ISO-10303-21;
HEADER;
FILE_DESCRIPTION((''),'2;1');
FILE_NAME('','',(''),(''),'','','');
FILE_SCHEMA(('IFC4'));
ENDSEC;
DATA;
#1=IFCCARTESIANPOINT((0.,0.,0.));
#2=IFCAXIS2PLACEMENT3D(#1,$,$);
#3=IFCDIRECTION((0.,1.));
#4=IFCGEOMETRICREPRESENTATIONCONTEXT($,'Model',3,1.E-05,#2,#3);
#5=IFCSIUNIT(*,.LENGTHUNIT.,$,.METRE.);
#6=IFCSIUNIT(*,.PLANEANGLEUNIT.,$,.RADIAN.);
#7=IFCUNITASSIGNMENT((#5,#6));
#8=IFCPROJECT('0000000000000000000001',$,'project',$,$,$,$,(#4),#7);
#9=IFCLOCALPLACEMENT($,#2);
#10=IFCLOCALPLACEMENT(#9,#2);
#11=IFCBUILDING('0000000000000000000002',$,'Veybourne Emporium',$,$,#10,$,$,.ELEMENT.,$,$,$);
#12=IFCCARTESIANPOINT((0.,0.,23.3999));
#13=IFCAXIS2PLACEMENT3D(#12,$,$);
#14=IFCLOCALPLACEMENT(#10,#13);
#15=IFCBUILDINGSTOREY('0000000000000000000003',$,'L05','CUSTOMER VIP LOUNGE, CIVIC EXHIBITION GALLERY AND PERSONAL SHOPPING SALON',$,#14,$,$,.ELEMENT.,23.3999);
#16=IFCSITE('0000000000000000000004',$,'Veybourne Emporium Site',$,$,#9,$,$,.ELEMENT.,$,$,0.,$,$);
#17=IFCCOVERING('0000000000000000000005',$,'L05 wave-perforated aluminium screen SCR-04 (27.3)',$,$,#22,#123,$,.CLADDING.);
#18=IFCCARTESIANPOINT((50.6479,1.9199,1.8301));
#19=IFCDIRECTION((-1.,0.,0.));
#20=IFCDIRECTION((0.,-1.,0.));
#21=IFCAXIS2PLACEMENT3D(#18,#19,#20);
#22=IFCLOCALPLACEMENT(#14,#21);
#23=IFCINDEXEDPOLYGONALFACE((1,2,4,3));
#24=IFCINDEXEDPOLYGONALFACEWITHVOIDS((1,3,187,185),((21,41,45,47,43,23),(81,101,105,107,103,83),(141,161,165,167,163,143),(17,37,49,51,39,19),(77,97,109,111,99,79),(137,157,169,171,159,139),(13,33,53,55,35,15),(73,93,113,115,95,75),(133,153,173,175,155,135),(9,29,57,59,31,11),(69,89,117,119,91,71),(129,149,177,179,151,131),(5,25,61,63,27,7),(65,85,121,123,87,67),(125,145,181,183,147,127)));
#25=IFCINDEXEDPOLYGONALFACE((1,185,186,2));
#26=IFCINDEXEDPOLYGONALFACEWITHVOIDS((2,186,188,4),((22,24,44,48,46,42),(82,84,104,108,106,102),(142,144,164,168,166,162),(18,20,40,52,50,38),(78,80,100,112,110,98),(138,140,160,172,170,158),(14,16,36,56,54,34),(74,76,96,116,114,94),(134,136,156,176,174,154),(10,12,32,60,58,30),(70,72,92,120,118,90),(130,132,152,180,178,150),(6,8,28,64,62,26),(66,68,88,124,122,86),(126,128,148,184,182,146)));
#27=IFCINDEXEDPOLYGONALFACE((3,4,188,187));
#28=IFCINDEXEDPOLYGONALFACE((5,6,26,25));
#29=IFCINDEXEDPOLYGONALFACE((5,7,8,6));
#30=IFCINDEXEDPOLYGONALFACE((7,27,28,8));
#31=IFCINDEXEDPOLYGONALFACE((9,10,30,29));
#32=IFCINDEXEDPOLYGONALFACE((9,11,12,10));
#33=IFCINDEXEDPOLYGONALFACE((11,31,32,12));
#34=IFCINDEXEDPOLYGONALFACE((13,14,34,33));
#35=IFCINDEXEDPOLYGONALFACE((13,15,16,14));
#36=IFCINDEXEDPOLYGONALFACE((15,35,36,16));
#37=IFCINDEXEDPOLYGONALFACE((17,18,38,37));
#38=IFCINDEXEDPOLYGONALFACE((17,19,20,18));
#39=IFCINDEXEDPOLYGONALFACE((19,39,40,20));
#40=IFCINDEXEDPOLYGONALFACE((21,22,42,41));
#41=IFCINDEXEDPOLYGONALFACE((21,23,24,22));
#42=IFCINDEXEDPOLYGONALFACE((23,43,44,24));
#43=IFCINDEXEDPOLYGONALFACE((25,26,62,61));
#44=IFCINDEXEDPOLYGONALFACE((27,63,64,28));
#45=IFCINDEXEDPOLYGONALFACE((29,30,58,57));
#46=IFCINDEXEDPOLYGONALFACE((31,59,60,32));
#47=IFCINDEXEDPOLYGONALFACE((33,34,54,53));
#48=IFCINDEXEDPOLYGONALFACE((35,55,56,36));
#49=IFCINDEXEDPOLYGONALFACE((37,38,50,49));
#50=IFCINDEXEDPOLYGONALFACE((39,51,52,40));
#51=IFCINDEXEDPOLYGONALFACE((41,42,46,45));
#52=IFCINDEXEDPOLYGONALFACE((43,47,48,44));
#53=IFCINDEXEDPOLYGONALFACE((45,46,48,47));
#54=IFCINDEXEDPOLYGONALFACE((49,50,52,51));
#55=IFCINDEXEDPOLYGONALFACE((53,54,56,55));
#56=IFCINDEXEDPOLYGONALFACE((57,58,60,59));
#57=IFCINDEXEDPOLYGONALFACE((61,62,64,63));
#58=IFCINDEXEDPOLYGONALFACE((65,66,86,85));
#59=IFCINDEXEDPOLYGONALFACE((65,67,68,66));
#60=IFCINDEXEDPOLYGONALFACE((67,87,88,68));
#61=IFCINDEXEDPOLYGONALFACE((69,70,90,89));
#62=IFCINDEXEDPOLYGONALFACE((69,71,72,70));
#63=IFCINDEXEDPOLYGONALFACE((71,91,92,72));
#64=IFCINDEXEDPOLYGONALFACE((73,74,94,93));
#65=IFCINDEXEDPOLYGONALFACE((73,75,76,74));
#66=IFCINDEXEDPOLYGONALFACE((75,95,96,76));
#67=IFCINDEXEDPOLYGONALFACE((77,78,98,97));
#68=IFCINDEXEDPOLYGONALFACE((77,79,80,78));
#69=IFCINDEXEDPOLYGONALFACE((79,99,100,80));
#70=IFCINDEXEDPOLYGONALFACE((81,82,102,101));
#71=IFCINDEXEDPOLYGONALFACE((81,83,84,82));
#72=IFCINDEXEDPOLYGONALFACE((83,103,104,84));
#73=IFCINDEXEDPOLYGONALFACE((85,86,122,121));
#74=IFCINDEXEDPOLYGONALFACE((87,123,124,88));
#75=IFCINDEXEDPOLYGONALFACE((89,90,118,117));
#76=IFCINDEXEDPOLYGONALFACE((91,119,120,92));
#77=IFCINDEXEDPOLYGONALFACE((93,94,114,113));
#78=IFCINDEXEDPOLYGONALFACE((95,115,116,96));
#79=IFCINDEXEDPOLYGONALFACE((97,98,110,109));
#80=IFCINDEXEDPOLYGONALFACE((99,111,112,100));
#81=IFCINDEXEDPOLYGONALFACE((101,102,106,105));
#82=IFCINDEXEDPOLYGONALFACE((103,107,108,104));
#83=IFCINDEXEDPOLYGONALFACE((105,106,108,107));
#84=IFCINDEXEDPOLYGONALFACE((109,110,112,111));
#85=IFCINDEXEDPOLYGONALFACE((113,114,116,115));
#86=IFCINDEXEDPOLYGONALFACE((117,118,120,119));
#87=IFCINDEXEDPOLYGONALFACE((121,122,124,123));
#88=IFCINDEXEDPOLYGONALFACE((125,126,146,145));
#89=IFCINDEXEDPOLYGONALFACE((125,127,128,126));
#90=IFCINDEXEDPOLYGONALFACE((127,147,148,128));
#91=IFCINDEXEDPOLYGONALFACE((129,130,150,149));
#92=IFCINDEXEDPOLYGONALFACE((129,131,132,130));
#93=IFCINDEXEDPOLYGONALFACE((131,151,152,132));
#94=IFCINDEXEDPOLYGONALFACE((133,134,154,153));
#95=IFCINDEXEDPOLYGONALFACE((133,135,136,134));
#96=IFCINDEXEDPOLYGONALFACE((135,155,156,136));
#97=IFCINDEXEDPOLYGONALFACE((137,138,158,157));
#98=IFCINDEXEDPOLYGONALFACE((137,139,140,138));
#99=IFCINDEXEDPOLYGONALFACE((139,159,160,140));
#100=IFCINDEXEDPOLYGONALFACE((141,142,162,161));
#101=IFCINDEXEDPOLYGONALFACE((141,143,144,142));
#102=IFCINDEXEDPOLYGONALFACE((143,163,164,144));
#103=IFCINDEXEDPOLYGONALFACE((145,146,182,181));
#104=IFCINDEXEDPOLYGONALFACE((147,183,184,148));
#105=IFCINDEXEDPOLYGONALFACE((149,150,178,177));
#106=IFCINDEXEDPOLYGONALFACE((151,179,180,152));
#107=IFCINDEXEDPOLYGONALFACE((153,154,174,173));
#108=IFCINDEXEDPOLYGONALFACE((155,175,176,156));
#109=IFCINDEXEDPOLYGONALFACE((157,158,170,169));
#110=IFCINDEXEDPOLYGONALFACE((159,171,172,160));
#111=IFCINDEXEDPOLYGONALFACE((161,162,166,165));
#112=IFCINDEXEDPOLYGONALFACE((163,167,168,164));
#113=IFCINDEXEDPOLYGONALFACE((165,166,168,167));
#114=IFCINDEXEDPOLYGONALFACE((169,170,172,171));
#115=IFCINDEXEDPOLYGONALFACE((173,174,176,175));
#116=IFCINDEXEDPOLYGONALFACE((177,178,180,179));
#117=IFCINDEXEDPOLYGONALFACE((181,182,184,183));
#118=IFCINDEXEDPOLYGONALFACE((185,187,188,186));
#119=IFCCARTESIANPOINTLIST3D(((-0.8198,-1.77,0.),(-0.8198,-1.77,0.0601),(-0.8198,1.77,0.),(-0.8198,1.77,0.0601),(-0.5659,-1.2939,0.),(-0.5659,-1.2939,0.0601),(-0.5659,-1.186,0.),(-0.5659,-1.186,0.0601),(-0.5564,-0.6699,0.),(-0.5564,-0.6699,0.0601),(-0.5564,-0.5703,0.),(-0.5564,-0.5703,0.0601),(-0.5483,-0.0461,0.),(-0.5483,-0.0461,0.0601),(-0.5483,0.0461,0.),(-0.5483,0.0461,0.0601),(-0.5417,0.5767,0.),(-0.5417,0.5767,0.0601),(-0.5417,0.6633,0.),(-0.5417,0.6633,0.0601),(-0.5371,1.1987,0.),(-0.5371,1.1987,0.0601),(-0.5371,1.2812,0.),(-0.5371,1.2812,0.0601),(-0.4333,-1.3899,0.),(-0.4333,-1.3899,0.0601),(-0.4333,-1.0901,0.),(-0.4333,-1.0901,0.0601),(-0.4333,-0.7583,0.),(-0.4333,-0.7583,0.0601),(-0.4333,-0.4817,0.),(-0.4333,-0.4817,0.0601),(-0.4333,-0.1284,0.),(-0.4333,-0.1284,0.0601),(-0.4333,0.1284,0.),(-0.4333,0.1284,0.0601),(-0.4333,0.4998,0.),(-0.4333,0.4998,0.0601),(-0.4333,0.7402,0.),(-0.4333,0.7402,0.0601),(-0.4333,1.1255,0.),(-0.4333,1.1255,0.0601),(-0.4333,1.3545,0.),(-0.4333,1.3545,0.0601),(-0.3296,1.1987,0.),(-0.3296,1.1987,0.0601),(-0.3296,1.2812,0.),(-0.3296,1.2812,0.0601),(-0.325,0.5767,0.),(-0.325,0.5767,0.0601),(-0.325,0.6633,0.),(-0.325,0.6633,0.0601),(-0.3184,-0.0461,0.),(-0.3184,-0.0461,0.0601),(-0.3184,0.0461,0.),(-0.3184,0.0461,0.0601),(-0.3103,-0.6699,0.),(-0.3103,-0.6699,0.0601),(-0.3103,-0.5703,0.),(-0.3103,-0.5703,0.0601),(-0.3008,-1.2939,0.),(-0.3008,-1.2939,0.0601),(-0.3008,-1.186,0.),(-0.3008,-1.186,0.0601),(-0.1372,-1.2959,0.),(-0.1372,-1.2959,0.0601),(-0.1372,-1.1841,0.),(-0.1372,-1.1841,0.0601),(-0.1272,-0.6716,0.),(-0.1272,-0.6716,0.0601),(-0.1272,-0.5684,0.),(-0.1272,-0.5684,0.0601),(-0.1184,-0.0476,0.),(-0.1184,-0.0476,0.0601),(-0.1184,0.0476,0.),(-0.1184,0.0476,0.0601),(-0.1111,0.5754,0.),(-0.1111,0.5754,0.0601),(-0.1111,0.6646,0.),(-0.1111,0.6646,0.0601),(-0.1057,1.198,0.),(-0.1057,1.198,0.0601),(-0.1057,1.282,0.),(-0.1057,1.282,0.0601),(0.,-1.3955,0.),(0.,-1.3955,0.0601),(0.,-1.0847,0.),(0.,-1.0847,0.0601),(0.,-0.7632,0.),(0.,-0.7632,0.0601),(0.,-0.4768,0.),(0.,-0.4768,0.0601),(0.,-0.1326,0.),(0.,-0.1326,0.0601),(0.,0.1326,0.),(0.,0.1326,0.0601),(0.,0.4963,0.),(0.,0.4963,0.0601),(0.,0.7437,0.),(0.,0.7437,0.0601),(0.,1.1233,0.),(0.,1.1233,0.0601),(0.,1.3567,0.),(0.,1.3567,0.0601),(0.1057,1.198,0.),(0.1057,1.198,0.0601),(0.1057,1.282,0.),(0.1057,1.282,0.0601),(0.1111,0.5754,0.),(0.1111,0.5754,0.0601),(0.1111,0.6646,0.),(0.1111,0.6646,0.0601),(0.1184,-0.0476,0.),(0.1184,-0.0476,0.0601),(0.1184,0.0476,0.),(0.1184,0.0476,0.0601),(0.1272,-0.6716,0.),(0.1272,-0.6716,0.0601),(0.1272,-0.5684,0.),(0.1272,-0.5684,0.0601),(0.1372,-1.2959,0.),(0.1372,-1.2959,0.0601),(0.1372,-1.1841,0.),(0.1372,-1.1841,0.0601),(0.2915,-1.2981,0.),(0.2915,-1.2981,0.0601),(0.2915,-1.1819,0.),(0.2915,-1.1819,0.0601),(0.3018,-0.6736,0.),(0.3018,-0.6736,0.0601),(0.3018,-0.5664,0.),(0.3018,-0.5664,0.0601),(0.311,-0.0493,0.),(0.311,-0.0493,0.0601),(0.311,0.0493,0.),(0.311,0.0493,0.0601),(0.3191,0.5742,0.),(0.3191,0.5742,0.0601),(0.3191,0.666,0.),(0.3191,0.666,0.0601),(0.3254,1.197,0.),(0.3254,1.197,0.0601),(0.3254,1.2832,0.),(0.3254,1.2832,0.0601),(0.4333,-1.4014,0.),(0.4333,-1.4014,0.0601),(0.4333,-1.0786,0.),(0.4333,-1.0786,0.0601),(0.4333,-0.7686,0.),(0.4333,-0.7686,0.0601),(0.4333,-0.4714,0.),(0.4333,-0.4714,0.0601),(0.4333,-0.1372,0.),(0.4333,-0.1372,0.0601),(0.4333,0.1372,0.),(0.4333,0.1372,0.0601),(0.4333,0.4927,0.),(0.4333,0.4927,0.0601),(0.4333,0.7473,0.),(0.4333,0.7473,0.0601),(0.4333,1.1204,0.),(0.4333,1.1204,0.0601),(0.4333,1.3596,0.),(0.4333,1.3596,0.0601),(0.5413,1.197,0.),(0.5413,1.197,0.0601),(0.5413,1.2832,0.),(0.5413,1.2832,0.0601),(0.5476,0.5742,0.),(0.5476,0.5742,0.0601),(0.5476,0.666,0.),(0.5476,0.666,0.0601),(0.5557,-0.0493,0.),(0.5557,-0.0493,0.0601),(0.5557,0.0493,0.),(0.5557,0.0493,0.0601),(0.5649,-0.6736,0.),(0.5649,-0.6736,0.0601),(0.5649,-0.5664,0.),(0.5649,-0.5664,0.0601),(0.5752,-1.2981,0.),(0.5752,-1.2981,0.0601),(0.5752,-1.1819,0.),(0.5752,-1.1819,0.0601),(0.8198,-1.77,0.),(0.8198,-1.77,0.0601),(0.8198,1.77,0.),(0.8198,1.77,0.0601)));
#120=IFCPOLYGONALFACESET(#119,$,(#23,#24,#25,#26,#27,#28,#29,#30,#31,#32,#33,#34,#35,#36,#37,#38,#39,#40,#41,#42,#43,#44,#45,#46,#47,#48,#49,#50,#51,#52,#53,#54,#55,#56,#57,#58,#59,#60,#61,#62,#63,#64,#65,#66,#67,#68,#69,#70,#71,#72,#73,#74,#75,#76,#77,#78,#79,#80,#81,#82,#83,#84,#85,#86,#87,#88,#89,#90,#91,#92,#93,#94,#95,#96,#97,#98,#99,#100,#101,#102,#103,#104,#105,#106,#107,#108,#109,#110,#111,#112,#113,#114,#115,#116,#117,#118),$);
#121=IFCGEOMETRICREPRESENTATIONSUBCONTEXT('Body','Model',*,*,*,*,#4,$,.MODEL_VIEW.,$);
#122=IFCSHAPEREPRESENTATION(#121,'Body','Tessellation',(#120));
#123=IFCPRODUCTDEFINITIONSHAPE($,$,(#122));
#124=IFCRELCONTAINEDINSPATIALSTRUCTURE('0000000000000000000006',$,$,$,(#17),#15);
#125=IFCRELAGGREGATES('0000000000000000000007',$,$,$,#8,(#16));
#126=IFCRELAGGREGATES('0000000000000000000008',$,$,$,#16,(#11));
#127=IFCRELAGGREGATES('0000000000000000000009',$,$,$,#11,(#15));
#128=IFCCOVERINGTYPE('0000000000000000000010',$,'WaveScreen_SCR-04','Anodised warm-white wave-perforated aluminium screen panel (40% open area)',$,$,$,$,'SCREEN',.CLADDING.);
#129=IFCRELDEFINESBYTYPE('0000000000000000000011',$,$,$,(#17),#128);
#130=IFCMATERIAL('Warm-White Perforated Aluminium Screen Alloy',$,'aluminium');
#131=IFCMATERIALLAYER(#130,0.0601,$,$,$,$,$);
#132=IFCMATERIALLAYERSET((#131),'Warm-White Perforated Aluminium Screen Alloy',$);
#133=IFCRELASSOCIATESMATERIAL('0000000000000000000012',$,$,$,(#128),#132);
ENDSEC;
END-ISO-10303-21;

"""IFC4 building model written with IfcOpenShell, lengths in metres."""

from ifc_helpers import new_model, si_unit, direction, frame, origin, place, context, subcontext, project, spatial, polyline, outline, extrude, material, layer, layer_set, type_object, element, save


model = new_model("IFC4")

# Units and contexts
model_context = context("Model", 3, precision=1e-05, world=origin(), true_north=direction((0.0, 1.0)))
body_context = subcontext(model_context, "Body", "Model", "MODEL_VIEW")
ifc_project = project(units=[si_unit("LENGTHUNIT", "METRE"), si_unit("PLANEANGLEUNIT", "RADIAN")], contexts=[model_context])

# Site, building, storey
site_placement = place(None, origin())
site = spatial("IfcSite", under=ifc_project, at=site_placement, Name="Veybourne Emporium Site", CompositionType="ELEMENT", RefElevation=0.0)
building_placement = place(site_placement, origin())
building = spatial("IfcBuilding", under=site, at=building_placement, Name="Veybourne Emporium", CompositionType="ELEMENT")
storey_placement = place(building_placement, frame((0.0, 0.0, 23.3999)))
storey = spatial("IfcBuildingStorey", under=building, at=storey_placement, Name="L05", Description="CUSTOMER VIP LOUNGE, CIVIC EXHIBITION GALLERY AND PERSONAL SHOPPING SALON", CompositionType="ELEMENT", Elevation=23.3999)

# Covering
ifc_material_1 = material(Name="Warm-White Perforated Aluminium Screen Alloy", Category="aluminium")
ifc_layer_1 = layer(ifc_material_1, 0.0601)
ifc_layer_set_1 = layer_set([ifc_layer_1], Name="Warm-White Perforated Aluminium Screen Alloy")
covering_type_1 = type_object("IfcCoveringType", Name="WaveScreen_SCR-04", Description="Anodised warm-white wave-perforated aluminium screen panel (40% open area)", ElementType="SCREEN", PredefinedType="CLADDING", material=ifc_layer_set_1)
covering_1_placement = place(storey_placement, frame((50.6479, 1.9199, 1.8301), z_axis=(-1.0, 0.0, 0.0), x_axis=(0.0, -1.0, 0.0)))
element("IfcCovering", 1, at=covering_1_placement, inside=storey, type_object=covering_type_1, Name="L05 wave-perforated aluminium screen SCR-04 (27.3)", PredefinedType="CLADDING", context=body_context, shape_type="SweptSolid", body=[
    extrude(outline(polyline([(-0.8198, -1.77), (0.8198, -1.77), (0.8198, 1.77), (-0.8198, 1.77), (-0.8198, -1.77)]), holes=[polyline([(-0.4333, -1.0901), (-0.3008, -1.186), (-0.3008, -1.2939), (-0.4333, -1.3899), (-0.5659, -1.2939), (-0.5659, -1.186), (-0.4333, -1.0901)]), polyline([(-0.4333, -0.4817), (-0.3103, -0.5703), (-0.3103, -0.6699), (-0.4333, -0.7583), (-0.5564, -0.6699), (-0.5564, -0.5703), (-0.4333, -0.4817)]), polyline([(-0.4333, 0.1284), (-0.3184, 0.0461), (-0.3184, -0.0461), (-0.4333, -0.1284), (-0.5483, -0.0461), (-0.5483, 0.0461), (-0.4333, 0.1284)]), polyline([(-0.4333, 0.7402), (-0.325, 0.6633), (-0.325, 0.5767), (-0.4333, 0.4998), (-0.5417, 0.5767), (-0.5417, 0.6633), (-0.4333, 0.7402)]), polyline([(-0.4333, 1.3545), (-0.3296, 1.2812), (-0.3296, 1.1987), (-0.4333, 1.1255), (-0.5371, 1.1987), (-0.5371, 1.2812), (-0.4333, 1.3545)]), polyline([(0.0, -1.0847), (0.1372, -1.1841), (0.1372, -1.2959), (0.0, -1.3955), (-0.1372, -1.2959), (-0.1372, -1.1841), (0.0, -1.0847)]), polyline([(0.0, -0.4768), (0.1272, -0.5684), (0.1272, -0.6716), (0.0, -0.7632), (-0.1272, -0.6716), (-0.1272, -0.5684), (0.0, -0.4768)]), polyline([(0.0, 0.1326), (0.1184, 0.0476), (0.1184, -0.0476), (0.0, -0.1326), (-0.1184, -0.0476), (-0.1184, 0.0476), (0.0, 0.1326)]), polyline([(0.0, 0.7437), (0.1111, 0.6646), (0.1111, 0.5754), (0.0, 0.4963), (-0.1111, 0.5754), (-0.1111, 0.6646), (0.0, 0.7437)]), polyline([(0.0, 1.3567), (0.1057, 1.282), (0.1057, 1.198), (0.0, 1.1233), (-0.1057, 1.198), (-0.1057, 1.282), (0.0, 1.3567)]), polyline([(0.4333, -1.0786), (0.5752, -1.1819), (0.5752, -1.2981), (0.4333, -1.4014), (0.2915, -1.2981), (0.2915, -1.1819), (0.4333, -1.0786)]), polyline([(0.4333, -0.4714), (0.5649, -0.5664), (0.5649, -0.6736), (0.4333, -0.7686), (0.3018, -0.6736), (0.3018, -0.5664), (0.4333, -0.4714)]), polyline([(0.4333, 0.1372), (0.5557, 0.0493), (0.5557, -0.0493), (0.4333, -0.1372), (0.311, -0.0493), (0.311, 0.0493), (0.4333, 0.1372)]), polyline([(0.4333, 0.7473), (0.5476, 0.666), (0.5476, 0.5742), (0.4333, 0.4927), (0.3191, 0.5742), (0.3191, 0.666), (0.4333, 0.7473)]), polyline([(0.4333, 1.3596), (0.5413, 1.2832), (0.5413, 1.197), (0.4333, 1.1204), (0.3254, 1.197), (0.3254, 1.2832), (0.4333, 1.3596)])]), origin(), (0.0, 0.0, 1.0), 0.0601),
])

save(model, "model.ifc")
